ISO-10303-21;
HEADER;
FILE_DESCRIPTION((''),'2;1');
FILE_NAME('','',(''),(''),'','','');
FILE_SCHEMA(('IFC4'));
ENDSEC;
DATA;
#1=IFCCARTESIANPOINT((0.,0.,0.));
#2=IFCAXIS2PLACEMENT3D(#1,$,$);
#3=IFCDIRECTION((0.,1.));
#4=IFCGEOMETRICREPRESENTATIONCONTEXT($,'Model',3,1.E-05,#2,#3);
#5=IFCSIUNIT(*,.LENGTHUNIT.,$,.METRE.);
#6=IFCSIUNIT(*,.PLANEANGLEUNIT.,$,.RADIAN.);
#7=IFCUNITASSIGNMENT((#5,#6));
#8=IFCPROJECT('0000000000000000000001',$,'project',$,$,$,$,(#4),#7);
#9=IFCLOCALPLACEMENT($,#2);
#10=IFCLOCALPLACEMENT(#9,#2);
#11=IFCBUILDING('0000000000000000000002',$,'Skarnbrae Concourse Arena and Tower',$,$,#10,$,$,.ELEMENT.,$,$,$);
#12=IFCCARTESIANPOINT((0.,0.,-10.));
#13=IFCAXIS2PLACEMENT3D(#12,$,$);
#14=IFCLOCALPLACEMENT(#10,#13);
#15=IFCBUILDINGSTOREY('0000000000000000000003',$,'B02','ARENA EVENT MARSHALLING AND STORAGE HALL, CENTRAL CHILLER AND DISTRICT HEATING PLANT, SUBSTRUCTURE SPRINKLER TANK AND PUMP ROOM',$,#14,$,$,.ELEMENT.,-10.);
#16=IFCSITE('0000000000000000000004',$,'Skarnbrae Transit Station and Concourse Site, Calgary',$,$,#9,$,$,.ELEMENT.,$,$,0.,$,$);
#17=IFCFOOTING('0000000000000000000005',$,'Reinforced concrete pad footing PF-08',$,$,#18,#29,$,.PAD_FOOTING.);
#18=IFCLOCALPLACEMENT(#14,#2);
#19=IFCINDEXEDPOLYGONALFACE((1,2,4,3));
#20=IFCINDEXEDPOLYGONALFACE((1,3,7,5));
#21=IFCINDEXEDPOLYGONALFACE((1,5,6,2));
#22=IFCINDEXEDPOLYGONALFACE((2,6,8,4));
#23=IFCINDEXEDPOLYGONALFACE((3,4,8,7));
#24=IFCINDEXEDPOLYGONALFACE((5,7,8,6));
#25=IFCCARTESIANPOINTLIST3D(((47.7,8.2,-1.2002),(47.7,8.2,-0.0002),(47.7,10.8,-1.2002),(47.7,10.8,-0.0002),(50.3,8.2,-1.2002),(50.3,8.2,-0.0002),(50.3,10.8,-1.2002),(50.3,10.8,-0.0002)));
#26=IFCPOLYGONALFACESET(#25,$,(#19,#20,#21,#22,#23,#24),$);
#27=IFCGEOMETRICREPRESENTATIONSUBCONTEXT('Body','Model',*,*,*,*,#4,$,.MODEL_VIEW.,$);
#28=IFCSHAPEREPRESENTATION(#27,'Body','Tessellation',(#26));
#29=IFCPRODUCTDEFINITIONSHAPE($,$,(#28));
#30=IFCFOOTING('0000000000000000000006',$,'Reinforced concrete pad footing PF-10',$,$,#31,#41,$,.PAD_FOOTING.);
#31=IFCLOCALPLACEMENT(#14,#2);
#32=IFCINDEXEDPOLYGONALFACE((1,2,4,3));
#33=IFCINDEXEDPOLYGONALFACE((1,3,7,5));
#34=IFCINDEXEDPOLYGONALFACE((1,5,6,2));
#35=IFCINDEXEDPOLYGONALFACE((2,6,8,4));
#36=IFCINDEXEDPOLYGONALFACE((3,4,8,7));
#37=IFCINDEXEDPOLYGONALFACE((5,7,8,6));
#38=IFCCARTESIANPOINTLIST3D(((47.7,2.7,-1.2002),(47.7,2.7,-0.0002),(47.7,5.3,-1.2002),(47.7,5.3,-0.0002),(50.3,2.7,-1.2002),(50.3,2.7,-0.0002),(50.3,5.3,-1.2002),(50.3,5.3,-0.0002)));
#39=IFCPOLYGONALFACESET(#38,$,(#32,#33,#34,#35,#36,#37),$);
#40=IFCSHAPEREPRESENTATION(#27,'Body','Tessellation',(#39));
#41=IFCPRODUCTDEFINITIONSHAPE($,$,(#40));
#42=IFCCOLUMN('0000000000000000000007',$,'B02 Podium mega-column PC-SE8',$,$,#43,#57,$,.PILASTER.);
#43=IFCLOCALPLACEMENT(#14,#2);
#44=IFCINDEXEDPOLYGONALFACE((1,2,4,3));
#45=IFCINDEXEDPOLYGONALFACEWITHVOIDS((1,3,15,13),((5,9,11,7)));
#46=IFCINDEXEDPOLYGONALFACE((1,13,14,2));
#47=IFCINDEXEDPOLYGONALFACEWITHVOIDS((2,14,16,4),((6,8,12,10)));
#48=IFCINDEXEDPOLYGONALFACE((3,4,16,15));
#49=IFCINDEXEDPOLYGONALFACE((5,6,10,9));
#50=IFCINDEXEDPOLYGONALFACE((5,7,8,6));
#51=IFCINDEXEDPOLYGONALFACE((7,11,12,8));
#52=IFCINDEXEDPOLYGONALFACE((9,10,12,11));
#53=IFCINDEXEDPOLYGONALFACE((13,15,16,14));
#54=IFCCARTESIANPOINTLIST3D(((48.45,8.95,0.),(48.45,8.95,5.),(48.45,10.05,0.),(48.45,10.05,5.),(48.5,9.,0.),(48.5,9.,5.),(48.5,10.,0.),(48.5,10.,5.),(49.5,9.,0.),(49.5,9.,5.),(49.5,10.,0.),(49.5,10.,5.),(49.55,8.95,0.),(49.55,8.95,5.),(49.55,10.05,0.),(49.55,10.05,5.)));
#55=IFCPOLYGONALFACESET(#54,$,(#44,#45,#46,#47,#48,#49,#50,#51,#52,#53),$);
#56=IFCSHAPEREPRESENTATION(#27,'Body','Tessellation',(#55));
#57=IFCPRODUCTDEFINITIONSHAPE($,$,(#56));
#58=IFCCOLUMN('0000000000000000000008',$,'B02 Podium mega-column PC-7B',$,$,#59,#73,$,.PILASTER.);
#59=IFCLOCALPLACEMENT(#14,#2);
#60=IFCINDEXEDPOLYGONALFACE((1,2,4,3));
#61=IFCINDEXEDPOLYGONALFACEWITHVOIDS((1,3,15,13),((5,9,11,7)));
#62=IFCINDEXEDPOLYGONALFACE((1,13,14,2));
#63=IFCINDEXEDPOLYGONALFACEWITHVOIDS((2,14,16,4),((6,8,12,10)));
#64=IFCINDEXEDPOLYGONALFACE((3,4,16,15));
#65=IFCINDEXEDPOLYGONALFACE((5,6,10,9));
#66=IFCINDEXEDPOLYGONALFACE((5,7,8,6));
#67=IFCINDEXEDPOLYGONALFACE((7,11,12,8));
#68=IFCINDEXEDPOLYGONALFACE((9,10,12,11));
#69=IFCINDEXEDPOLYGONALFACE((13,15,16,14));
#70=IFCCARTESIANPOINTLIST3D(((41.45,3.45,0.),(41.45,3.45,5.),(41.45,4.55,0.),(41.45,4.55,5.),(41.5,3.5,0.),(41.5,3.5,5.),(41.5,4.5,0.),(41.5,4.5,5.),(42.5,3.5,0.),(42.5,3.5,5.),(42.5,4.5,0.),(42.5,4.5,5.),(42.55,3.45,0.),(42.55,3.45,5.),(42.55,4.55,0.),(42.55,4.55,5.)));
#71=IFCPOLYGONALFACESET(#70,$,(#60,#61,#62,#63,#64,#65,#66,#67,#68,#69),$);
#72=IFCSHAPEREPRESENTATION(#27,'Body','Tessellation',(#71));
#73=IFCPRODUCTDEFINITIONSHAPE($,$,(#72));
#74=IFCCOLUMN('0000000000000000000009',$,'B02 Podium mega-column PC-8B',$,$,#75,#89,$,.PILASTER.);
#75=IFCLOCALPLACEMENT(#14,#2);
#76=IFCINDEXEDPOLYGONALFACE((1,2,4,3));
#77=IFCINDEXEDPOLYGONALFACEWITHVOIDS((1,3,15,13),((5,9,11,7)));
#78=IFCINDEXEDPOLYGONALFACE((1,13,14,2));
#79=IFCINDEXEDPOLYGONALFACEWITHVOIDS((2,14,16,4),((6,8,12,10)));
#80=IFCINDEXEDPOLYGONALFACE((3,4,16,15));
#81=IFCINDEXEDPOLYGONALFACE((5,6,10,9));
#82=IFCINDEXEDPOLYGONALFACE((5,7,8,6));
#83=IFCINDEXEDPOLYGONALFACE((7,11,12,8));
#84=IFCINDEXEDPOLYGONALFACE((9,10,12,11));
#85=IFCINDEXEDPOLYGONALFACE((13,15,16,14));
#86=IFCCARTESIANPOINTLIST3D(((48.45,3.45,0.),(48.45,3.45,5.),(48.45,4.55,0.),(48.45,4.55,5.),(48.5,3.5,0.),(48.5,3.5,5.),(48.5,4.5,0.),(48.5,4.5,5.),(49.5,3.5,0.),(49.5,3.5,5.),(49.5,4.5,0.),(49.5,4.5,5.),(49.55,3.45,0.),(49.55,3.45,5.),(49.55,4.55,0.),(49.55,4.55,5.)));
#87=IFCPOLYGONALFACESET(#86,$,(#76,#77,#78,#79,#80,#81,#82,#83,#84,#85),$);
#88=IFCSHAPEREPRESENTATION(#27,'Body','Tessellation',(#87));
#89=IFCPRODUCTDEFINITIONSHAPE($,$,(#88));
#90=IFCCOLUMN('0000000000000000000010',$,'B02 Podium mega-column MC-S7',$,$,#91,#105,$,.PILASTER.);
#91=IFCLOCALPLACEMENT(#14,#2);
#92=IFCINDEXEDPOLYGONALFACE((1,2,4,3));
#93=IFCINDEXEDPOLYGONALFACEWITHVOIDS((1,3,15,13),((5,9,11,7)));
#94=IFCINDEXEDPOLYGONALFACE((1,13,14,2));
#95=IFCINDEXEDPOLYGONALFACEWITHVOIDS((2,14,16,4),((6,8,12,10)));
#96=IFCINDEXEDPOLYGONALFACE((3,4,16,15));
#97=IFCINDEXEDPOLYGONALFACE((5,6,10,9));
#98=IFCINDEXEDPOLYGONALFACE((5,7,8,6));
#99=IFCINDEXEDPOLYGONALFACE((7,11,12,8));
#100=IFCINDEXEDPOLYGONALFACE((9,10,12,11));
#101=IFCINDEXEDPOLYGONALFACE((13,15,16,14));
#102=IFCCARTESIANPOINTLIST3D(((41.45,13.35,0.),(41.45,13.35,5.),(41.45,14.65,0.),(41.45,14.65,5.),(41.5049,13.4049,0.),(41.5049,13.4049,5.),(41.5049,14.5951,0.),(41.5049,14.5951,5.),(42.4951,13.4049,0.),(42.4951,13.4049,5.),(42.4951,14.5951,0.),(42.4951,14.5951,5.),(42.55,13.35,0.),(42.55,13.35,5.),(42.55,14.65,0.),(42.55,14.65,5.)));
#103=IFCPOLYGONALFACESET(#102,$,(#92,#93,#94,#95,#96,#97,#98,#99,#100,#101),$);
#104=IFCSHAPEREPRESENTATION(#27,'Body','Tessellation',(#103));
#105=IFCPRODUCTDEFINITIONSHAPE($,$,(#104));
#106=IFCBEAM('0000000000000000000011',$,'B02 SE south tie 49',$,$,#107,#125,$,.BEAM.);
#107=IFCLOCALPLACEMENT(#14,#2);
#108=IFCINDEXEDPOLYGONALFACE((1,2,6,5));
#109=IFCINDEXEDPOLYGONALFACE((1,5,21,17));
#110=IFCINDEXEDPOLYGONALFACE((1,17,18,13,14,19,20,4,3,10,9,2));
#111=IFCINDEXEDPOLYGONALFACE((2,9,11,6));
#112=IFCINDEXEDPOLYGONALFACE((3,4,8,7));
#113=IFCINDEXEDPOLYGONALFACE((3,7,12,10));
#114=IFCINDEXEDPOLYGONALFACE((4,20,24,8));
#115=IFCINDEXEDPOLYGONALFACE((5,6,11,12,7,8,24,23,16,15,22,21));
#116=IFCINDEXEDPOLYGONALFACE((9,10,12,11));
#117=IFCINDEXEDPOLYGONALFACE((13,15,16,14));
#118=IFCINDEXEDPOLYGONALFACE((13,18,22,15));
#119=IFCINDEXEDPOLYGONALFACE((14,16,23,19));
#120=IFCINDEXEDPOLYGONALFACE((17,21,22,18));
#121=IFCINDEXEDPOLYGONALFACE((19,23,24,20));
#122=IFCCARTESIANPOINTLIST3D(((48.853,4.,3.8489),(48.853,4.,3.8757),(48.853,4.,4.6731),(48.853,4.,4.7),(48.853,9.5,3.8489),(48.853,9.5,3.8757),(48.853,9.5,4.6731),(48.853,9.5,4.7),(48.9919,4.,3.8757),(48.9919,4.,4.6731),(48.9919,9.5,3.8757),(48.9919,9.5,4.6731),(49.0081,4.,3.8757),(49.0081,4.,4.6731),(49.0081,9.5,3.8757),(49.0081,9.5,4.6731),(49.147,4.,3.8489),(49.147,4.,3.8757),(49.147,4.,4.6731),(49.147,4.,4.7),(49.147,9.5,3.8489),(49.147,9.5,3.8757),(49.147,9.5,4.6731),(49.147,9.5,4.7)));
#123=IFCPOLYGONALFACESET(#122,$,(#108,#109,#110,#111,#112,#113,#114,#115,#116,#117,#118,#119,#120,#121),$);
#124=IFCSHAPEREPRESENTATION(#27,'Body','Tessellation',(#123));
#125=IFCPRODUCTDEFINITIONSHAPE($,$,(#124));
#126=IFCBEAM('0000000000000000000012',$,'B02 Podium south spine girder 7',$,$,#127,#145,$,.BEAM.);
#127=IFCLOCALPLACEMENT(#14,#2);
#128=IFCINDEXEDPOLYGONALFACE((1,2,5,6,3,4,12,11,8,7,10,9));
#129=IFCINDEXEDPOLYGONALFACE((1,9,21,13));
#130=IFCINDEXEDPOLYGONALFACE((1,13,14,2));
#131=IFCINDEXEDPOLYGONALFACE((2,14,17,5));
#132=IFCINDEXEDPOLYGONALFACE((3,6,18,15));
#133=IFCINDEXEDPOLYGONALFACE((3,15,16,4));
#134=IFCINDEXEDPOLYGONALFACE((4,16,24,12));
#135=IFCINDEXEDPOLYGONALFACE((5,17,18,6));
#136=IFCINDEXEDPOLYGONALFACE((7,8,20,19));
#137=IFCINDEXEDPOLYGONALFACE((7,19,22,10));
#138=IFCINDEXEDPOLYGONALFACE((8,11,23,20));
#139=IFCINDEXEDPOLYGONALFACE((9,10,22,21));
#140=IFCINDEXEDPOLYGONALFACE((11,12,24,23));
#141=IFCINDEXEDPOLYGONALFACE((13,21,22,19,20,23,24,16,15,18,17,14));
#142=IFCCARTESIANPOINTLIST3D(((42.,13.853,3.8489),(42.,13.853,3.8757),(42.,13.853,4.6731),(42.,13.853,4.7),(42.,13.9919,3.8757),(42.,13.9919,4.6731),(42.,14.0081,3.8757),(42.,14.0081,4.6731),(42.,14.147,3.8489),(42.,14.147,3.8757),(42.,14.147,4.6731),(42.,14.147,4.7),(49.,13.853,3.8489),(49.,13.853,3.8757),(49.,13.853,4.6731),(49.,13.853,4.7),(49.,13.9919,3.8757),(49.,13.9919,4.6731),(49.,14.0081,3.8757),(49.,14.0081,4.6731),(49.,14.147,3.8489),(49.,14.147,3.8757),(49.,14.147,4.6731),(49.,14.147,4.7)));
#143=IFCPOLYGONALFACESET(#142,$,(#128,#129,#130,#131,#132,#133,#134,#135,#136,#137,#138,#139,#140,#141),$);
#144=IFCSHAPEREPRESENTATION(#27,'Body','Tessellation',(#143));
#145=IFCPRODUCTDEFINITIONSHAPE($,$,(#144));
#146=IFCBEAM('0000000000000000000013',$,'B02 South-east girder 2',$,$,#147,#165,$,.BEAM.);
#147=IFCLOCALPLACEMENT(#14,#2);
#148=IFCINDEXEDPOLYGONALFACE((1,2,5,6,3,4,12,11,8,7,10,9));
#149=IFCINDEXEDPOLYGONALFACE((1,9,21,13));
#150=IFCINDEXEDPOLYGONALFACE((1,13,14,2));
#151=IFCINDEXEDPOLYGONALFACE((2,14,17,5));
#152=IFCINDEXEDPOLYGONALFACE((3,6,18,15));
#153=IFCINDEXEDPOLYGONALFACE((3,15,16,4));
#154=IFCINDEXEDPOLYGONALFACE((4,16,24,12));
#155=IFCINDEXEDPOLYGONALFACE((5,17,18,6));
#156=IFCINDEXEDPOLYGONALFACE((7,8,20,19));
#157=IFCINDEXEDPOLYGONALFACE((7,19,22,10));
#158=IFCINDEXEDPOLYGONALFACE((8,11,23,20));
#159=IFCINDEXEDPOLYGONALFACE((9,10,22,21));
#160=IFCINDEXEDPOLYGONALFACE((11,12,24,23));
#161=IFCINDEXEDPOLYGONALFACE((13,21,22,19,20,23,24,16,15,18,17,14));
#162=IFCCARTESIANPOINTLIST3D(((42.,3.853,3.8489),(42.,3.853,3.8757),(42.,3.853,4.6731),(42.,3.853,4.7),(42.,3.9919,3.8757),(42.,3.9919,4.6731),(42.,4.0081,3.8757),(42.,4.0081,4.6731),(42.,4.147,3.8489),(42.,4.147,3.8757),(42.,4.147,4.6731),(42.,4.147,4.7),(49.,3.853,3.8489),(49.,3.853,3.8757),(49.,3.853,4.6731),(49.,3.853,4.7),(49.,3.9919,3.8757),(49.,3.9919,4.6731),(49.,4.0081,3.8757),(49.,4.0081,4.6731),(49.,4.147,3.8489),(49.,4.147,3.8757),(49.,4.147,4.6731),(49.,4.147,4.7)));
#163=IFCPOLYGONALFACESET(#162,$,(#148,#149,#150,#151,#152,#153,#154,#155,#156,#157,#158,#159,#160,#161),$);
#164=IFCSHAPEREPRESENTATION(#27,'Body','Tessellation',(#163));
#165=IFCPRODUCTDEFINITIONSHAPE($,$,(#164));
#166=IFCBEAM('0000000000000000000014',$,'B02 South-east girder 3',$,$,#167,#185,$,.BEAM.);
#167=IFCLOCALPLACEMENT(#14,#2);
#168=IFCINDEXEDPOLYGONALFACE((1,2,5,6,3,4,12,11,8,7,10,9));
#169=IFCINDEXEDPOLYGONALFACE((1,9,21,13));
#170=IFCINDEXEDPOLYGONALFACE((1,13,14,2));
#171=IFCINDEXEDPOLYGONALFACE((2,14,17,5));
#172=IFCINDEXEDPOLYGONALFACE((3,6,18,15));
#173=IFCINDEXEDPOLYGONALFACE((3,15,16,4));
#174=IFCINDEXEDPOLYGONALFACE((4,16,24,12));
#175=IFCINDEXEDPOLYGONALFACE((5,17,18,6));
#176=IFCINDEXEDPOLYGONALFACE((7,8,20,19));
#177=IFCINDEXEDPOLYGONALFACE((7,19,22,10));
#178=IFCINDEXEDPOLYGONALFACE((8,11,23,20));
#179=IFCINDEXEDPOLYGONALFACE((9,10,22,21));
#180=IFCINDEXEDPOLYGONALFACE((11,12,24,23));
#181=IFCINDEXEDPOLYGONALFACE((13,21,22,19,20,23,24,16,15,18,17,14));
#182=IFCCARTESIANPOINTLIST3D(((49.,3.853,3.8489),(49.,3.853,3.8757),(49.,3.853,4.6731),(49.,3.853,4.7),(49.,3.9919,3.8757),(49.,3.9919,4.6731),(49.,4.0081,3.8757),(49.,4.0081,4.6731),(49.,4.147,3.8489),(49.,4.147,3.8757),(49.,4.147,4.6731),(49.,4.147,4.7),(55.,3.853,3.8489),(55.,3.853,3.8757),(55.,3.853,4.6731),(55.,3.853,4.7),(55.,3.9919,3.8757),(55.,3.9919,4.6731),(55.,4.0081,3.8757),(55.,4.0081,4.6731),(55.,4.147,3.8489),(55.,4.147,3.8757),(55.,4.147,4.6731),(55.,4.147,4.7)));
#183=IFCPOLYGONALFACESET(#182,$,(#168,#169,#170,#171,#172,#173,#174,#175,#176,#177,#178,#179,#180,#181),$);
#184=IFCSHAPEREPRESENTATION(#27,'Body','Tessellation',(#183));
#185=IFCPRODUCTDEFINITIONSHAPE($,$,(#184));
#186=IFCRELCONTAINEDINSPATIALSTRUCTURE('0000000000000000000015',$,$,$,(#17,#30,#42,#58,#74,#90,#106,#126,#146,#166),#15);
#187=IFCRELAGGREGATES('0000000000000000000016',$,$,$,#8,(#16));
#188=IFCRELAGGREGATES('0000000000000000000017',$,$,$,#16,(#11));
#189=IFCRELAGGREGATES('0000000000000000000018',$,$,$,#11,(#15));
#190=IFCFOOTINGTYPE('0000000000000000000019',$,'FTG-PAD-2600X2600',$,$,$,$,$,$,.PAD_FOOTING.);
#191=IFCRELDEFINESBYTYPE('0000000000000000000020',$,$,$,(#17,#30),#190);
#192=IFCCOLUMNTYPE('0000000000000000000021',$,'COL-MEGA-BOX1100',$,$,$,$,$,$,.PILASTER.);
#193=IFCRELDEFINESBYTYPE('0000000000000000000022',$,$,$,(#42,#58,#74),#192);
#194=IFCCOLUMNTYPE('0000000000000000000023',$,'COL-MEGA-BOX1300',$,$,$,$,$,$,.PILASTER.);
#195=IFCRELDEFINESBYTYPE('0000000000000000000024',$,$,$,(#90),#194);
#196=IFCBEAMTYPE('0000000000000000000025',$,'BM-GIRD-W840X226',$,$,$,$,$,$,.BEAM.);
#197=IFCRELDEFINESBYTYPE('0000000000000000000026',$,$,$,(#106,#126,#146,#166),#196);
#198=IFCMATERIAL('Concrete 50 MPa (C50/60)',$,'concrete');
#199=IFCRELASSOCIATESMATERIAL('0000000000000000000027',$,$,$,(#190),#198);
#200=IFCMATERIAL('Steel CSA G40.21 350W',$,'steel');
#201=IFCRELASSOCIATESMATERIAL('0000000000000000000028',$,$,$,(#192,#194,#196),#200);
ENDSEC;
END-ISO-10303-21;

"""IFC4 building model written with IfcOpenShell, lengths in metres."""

from ifc_helpers import new_model, si_unit, direction, frame, origin, origin_2d, place, context, subcontext, project, spatial, rectangle, hollow_rectangle, i_section, extrude, source, transform, mapped, material, material_profile, profile_set, type_object, element, save


model = new_model("IFC4")

# Units and contexts
model_context = context("Model", 3, precision=1e-05, world=origin(), true_north=direction((0.0, 1.0)))
body_context = subcontext(model_context, "Body", "Model", "MODEL_VIEW")
ifc_project = project(units=[si_unit("LENGTHUNIT", "METRE"), si_unit("PLANEANGLEUNIT", "RADIAN")], contexts=[model_context])

# Site, building, storey
site_placement = place(None, origin())
site = spatial("IfcSite", under=ifc_project, at=site_placement, Name="Skarnbrae Transit Station and Concourse Site, Calgary", CompositionType="ELEMENT", RefElevation=0.0)
building_placement = place(site_placement, origin())
building = spatial("IfcBuilding", under=site, at=building_placement, Name="Skarnbrae Concourse Arena and Tower", CompositionType="ELEMENT")
storey_placement = place(building_placement, frame((0.0, 0.0, -10.0)))
storey = spatial("IfcBuildingStorey", under=building, at=storey_placement, Name="B02", Description="ARENA EVENT MARSHALLING AND STORAGE HALL, CENTRAL CHILLER AND DISTRICT HEATING PLANT, SUBSTRUCTURE SPRINKLER TANK AND PUMP ROOM", CompositionType="ELEMENT", Elevation=-10.0)

# Shared definitions
ifc_material_1 = material(Name="Concrete 50 MPa (C50/60)", Category="concrete")

# Footings
footing_type_1 = type_object("IfcFootingType", Name="FTG-PAD-2600X2600", PredefinedType="PAD_FOOTING", material=ifc_material_1)
shared_shape_1 = source(origin(), body_context, "Body", "SweptSolid", [
    extrude(rectangle(XDim=2.6001, YDim=2.6001, at=origin_2d()), origin(), (0.0, 0.0, 1.0), 1.2),
])
for number, where, z_axis, x_axis, name in (
    (1, (49.0, 9.5, -1.2002), (0.0, 0.0, 1.0), (1.0, 0.0, 0.0), "Reinforced concrete pad footing PF-08"),
    (2, (49.0, 4.0, -1.2002), (0.0, 0.0, 1.0), (1.0, 0.0, 0.0), "Reinforced concrete pad footing PF-10"),
):
    element("IfcFooting", number, at=place(storey_placement, frame(where, z_axis=z_axis, x_axis=x_axis)), inside=storey, type_object=footing_type_1, Name=name, PredefinedType="PAD_FOOTING", context=body_context, shape_type="MappedRepresentation", body=[
        mapped(shared_shape_1, transform((0.0, 0.0, 0.0))),
    ])

# Columns
ifc_material_2 = material(Name="Steel CSA G40.21 350W", Category="steel")
ifc_material_profile_1 = material_profile(ifc_material_2, hollow_rectangle(XDim=1.1001, YDim=1.1001, WallThickness=0.05, at=origin_2d()), Name="BOX1100X1100X50")
ifc_profile_set_1 = profile_set([ifc_material_profile_1], Name="Steel CSA G40.21 350W")
column_type_1 = type_object("IfcColumnType", Name="COL-MEGA-BOX1100", PredefinedType="PILASTER", material=ifc_profile_set_1)
shared_shape_2 = source(origin(), body_context, "Body", "SweptSolid", [
    extrude(hollow_rectangle(XDim=1.1001, YDim=1.1001, WallThickness=0.05, at=origin_2d()), origin(), (0.0, 0.0, 1.0), 5.0),
])
for number, where, z_axis, x_axis, name in (
    (3, (49.0, 9.5, 0.0), (0.0, 0.0, 1.0), (1.0, 0.0, 0.0), "B02 Podium mega-column PC-SE8"),
    (4, (42.0, 4.0, 0.0), (0.0, 0.0, 1.0), (1.0, 0.0, 0.0), "B02 Podium mega-column PC-7B"),
    (5, (49.0, 4.0, 0.0), (0.0, 0.0, 1.0), (1.0, 0.0, 0.0), "B02 Podium mega-column PC-8B"),
):
    element("IfcColumn", number, at=place(storey_placement, frame(where, z_axis=z_axis, x_axis=x_axis)), inside=storey, type_object=column_type_1, Name=name, PredefinedType="PILASTER", context=body_context, shape_type="MappedRepresentation", body=[
        mapped(shared_shape_2, transform((0.0, 0.0, 0.0))),
    ])
ifc_material_profile_2 = material_profile(ifc_material_2, hollow_rectangle(XDim=1.1001, YDim=1.3, WallThickness=0.0549, at=origin_2d()), Name="BOX1300X1100X55")
ifc_profile_set_2 = profile_set([ifc_material_profile_2], Name="Steel CSA G40.21 350W")
column_type_2 = type_object("IfcColumnType", Name="COL-MEGA-BOX1300", PredefinedType="PILASTER", material=ifc_profile_set_2)
shared_shape_3 = source(origin(), body_context, "Body", "SweptSolid", [
    extrude(hollow_rectangle(XDim=1.1001, YDim=1.3, WallThickness=0.0549, at=origin_2d()), origin(), (0.0, 0.0, 1.0), 5.0),
])
column_placement = place(storey_placement, frame((42.0, 14.0, 0.0), z_axis=(0.0, 0.0, 1.0), x_axis=(1.0, 0.0, 0.0)))
element("IfcColumn", 6, at=column_placement, inside=storey, type_object=column_type_2, Name="B02 Podium mega-column MC-S7", PredefinedType="PILASTER", context=body_context, shape_type="MappedRepresentation", body=[
    mapped(shared_shape_3, transform((0.0, 0.0, 0.0))),
])

# Beams
ifc_material_profile_3 = material_profile(ifc_material_2, i_section(OverallWidth=0.2939, OverallDepth=0.8511, WebThickness=0.0161, FlangeThickness=0.0269, at=origin_2d()), Name="W840X226")
ifc_profile_set_3 = profile_set([ifc_material_profile_3], Name="Steel CSA G40.21 350W")
beam_type_1 = type_object("IfcBeamType", Name="BM-GIRD-W840X226", PredefinedType="BEAM", material=ifc_profile_set_3)
shared_shape_4 = source(origin(), body_context, "Body", "SweptSolid", [
    extrude(i_section(OverallWidth=0.2939, OverallDepth=0.8511, WebThickness=0.0161, FlangeThickness=0.0269, at=origin_2d()), origin(), (0.0, 0.0, 1.0), 5.5),
])
beam_1_placement = place(storey_placement, frame((49.0, 4.0, 4.2744), z_axis=(0.0, 1.0, 0.0), x_axis=(-1.0, 0.0, 0.0)))
element("IfcBeam", 7, at=beam_1_placement, inside=storey, type_object=beam_type_1, Name="B02 SE south tie 49", PredefinedType="BEAM", context=body_context, shape_type="MappedRepresentation", body=[
    mapped(shared_shape_4, transform((0.0, 0.0, 0.0))),
])
shared_shape_5 = source(origin(), body_context, "Body", "SweptSolid", [
    extrude(i_section(OverallWidth=0.2939, OverallDepth=0.8511, WebThickness=0.0161, FlangeThickness=0.0269, at=origin_2d()), origin(), (0.0, 0.0, 1.0), 7.0),
])
for number, where, z_axis, x_axis, name in (
    (8, (42.0, 14.0, 4.2744), (1.0, 0.0, 0.0), (0.0, 1.0, 0.0), "B02 Podium south spine girder 7"),
    (9, (42.0, 4.0, 4.2744), (1.0, 0.0, 0.0), (0.0, 1.0, 0.0), "B02 South-east girder 2"),
):
    element("IfcBeam", number, at=place(storey_placement, frame(where, z_axis=z_axis, x_axis=x_axis)), inside=storey, type_object=beam_type_1, Name=name, PredefinedType="BEAM", context=body_context, shape_type="MappedRepresentation", body=[
        mapped(shared_shape_5, transform((0.0, 0.0, 0.0))),
    ])
shared_shape_6 = source(origin(), body_context, "Body", "SweptSolid", [
    extrude(i_section(OverallWidth=0.2939, OverallDepth=0.8511, WebThickness=0.0161, FlangeThickness=0.0269, at=origin_2d()), origin(), (0.0, 0.0, 1.0), 6.0),
])
beam_2_placement = place(storey_placement, frame((49.0, 4.0, 4.2744), z_axis=(1.0, 0.0, 0.0), x_axis=(0.0, 1.0, 0.0)))
element("IfcBeam", 10, at=beam_2_placement, inside=storey, type_object=beam_type_1, Name="B02 South-east girder 3", PredefinedType="BEAM", context=body_context, shape_type="MappedRepresentation", body=[
    mapped(shared_shape_6, transform((0.0, 0.0, 0.0))),
])

save(model, "model.ifc")
